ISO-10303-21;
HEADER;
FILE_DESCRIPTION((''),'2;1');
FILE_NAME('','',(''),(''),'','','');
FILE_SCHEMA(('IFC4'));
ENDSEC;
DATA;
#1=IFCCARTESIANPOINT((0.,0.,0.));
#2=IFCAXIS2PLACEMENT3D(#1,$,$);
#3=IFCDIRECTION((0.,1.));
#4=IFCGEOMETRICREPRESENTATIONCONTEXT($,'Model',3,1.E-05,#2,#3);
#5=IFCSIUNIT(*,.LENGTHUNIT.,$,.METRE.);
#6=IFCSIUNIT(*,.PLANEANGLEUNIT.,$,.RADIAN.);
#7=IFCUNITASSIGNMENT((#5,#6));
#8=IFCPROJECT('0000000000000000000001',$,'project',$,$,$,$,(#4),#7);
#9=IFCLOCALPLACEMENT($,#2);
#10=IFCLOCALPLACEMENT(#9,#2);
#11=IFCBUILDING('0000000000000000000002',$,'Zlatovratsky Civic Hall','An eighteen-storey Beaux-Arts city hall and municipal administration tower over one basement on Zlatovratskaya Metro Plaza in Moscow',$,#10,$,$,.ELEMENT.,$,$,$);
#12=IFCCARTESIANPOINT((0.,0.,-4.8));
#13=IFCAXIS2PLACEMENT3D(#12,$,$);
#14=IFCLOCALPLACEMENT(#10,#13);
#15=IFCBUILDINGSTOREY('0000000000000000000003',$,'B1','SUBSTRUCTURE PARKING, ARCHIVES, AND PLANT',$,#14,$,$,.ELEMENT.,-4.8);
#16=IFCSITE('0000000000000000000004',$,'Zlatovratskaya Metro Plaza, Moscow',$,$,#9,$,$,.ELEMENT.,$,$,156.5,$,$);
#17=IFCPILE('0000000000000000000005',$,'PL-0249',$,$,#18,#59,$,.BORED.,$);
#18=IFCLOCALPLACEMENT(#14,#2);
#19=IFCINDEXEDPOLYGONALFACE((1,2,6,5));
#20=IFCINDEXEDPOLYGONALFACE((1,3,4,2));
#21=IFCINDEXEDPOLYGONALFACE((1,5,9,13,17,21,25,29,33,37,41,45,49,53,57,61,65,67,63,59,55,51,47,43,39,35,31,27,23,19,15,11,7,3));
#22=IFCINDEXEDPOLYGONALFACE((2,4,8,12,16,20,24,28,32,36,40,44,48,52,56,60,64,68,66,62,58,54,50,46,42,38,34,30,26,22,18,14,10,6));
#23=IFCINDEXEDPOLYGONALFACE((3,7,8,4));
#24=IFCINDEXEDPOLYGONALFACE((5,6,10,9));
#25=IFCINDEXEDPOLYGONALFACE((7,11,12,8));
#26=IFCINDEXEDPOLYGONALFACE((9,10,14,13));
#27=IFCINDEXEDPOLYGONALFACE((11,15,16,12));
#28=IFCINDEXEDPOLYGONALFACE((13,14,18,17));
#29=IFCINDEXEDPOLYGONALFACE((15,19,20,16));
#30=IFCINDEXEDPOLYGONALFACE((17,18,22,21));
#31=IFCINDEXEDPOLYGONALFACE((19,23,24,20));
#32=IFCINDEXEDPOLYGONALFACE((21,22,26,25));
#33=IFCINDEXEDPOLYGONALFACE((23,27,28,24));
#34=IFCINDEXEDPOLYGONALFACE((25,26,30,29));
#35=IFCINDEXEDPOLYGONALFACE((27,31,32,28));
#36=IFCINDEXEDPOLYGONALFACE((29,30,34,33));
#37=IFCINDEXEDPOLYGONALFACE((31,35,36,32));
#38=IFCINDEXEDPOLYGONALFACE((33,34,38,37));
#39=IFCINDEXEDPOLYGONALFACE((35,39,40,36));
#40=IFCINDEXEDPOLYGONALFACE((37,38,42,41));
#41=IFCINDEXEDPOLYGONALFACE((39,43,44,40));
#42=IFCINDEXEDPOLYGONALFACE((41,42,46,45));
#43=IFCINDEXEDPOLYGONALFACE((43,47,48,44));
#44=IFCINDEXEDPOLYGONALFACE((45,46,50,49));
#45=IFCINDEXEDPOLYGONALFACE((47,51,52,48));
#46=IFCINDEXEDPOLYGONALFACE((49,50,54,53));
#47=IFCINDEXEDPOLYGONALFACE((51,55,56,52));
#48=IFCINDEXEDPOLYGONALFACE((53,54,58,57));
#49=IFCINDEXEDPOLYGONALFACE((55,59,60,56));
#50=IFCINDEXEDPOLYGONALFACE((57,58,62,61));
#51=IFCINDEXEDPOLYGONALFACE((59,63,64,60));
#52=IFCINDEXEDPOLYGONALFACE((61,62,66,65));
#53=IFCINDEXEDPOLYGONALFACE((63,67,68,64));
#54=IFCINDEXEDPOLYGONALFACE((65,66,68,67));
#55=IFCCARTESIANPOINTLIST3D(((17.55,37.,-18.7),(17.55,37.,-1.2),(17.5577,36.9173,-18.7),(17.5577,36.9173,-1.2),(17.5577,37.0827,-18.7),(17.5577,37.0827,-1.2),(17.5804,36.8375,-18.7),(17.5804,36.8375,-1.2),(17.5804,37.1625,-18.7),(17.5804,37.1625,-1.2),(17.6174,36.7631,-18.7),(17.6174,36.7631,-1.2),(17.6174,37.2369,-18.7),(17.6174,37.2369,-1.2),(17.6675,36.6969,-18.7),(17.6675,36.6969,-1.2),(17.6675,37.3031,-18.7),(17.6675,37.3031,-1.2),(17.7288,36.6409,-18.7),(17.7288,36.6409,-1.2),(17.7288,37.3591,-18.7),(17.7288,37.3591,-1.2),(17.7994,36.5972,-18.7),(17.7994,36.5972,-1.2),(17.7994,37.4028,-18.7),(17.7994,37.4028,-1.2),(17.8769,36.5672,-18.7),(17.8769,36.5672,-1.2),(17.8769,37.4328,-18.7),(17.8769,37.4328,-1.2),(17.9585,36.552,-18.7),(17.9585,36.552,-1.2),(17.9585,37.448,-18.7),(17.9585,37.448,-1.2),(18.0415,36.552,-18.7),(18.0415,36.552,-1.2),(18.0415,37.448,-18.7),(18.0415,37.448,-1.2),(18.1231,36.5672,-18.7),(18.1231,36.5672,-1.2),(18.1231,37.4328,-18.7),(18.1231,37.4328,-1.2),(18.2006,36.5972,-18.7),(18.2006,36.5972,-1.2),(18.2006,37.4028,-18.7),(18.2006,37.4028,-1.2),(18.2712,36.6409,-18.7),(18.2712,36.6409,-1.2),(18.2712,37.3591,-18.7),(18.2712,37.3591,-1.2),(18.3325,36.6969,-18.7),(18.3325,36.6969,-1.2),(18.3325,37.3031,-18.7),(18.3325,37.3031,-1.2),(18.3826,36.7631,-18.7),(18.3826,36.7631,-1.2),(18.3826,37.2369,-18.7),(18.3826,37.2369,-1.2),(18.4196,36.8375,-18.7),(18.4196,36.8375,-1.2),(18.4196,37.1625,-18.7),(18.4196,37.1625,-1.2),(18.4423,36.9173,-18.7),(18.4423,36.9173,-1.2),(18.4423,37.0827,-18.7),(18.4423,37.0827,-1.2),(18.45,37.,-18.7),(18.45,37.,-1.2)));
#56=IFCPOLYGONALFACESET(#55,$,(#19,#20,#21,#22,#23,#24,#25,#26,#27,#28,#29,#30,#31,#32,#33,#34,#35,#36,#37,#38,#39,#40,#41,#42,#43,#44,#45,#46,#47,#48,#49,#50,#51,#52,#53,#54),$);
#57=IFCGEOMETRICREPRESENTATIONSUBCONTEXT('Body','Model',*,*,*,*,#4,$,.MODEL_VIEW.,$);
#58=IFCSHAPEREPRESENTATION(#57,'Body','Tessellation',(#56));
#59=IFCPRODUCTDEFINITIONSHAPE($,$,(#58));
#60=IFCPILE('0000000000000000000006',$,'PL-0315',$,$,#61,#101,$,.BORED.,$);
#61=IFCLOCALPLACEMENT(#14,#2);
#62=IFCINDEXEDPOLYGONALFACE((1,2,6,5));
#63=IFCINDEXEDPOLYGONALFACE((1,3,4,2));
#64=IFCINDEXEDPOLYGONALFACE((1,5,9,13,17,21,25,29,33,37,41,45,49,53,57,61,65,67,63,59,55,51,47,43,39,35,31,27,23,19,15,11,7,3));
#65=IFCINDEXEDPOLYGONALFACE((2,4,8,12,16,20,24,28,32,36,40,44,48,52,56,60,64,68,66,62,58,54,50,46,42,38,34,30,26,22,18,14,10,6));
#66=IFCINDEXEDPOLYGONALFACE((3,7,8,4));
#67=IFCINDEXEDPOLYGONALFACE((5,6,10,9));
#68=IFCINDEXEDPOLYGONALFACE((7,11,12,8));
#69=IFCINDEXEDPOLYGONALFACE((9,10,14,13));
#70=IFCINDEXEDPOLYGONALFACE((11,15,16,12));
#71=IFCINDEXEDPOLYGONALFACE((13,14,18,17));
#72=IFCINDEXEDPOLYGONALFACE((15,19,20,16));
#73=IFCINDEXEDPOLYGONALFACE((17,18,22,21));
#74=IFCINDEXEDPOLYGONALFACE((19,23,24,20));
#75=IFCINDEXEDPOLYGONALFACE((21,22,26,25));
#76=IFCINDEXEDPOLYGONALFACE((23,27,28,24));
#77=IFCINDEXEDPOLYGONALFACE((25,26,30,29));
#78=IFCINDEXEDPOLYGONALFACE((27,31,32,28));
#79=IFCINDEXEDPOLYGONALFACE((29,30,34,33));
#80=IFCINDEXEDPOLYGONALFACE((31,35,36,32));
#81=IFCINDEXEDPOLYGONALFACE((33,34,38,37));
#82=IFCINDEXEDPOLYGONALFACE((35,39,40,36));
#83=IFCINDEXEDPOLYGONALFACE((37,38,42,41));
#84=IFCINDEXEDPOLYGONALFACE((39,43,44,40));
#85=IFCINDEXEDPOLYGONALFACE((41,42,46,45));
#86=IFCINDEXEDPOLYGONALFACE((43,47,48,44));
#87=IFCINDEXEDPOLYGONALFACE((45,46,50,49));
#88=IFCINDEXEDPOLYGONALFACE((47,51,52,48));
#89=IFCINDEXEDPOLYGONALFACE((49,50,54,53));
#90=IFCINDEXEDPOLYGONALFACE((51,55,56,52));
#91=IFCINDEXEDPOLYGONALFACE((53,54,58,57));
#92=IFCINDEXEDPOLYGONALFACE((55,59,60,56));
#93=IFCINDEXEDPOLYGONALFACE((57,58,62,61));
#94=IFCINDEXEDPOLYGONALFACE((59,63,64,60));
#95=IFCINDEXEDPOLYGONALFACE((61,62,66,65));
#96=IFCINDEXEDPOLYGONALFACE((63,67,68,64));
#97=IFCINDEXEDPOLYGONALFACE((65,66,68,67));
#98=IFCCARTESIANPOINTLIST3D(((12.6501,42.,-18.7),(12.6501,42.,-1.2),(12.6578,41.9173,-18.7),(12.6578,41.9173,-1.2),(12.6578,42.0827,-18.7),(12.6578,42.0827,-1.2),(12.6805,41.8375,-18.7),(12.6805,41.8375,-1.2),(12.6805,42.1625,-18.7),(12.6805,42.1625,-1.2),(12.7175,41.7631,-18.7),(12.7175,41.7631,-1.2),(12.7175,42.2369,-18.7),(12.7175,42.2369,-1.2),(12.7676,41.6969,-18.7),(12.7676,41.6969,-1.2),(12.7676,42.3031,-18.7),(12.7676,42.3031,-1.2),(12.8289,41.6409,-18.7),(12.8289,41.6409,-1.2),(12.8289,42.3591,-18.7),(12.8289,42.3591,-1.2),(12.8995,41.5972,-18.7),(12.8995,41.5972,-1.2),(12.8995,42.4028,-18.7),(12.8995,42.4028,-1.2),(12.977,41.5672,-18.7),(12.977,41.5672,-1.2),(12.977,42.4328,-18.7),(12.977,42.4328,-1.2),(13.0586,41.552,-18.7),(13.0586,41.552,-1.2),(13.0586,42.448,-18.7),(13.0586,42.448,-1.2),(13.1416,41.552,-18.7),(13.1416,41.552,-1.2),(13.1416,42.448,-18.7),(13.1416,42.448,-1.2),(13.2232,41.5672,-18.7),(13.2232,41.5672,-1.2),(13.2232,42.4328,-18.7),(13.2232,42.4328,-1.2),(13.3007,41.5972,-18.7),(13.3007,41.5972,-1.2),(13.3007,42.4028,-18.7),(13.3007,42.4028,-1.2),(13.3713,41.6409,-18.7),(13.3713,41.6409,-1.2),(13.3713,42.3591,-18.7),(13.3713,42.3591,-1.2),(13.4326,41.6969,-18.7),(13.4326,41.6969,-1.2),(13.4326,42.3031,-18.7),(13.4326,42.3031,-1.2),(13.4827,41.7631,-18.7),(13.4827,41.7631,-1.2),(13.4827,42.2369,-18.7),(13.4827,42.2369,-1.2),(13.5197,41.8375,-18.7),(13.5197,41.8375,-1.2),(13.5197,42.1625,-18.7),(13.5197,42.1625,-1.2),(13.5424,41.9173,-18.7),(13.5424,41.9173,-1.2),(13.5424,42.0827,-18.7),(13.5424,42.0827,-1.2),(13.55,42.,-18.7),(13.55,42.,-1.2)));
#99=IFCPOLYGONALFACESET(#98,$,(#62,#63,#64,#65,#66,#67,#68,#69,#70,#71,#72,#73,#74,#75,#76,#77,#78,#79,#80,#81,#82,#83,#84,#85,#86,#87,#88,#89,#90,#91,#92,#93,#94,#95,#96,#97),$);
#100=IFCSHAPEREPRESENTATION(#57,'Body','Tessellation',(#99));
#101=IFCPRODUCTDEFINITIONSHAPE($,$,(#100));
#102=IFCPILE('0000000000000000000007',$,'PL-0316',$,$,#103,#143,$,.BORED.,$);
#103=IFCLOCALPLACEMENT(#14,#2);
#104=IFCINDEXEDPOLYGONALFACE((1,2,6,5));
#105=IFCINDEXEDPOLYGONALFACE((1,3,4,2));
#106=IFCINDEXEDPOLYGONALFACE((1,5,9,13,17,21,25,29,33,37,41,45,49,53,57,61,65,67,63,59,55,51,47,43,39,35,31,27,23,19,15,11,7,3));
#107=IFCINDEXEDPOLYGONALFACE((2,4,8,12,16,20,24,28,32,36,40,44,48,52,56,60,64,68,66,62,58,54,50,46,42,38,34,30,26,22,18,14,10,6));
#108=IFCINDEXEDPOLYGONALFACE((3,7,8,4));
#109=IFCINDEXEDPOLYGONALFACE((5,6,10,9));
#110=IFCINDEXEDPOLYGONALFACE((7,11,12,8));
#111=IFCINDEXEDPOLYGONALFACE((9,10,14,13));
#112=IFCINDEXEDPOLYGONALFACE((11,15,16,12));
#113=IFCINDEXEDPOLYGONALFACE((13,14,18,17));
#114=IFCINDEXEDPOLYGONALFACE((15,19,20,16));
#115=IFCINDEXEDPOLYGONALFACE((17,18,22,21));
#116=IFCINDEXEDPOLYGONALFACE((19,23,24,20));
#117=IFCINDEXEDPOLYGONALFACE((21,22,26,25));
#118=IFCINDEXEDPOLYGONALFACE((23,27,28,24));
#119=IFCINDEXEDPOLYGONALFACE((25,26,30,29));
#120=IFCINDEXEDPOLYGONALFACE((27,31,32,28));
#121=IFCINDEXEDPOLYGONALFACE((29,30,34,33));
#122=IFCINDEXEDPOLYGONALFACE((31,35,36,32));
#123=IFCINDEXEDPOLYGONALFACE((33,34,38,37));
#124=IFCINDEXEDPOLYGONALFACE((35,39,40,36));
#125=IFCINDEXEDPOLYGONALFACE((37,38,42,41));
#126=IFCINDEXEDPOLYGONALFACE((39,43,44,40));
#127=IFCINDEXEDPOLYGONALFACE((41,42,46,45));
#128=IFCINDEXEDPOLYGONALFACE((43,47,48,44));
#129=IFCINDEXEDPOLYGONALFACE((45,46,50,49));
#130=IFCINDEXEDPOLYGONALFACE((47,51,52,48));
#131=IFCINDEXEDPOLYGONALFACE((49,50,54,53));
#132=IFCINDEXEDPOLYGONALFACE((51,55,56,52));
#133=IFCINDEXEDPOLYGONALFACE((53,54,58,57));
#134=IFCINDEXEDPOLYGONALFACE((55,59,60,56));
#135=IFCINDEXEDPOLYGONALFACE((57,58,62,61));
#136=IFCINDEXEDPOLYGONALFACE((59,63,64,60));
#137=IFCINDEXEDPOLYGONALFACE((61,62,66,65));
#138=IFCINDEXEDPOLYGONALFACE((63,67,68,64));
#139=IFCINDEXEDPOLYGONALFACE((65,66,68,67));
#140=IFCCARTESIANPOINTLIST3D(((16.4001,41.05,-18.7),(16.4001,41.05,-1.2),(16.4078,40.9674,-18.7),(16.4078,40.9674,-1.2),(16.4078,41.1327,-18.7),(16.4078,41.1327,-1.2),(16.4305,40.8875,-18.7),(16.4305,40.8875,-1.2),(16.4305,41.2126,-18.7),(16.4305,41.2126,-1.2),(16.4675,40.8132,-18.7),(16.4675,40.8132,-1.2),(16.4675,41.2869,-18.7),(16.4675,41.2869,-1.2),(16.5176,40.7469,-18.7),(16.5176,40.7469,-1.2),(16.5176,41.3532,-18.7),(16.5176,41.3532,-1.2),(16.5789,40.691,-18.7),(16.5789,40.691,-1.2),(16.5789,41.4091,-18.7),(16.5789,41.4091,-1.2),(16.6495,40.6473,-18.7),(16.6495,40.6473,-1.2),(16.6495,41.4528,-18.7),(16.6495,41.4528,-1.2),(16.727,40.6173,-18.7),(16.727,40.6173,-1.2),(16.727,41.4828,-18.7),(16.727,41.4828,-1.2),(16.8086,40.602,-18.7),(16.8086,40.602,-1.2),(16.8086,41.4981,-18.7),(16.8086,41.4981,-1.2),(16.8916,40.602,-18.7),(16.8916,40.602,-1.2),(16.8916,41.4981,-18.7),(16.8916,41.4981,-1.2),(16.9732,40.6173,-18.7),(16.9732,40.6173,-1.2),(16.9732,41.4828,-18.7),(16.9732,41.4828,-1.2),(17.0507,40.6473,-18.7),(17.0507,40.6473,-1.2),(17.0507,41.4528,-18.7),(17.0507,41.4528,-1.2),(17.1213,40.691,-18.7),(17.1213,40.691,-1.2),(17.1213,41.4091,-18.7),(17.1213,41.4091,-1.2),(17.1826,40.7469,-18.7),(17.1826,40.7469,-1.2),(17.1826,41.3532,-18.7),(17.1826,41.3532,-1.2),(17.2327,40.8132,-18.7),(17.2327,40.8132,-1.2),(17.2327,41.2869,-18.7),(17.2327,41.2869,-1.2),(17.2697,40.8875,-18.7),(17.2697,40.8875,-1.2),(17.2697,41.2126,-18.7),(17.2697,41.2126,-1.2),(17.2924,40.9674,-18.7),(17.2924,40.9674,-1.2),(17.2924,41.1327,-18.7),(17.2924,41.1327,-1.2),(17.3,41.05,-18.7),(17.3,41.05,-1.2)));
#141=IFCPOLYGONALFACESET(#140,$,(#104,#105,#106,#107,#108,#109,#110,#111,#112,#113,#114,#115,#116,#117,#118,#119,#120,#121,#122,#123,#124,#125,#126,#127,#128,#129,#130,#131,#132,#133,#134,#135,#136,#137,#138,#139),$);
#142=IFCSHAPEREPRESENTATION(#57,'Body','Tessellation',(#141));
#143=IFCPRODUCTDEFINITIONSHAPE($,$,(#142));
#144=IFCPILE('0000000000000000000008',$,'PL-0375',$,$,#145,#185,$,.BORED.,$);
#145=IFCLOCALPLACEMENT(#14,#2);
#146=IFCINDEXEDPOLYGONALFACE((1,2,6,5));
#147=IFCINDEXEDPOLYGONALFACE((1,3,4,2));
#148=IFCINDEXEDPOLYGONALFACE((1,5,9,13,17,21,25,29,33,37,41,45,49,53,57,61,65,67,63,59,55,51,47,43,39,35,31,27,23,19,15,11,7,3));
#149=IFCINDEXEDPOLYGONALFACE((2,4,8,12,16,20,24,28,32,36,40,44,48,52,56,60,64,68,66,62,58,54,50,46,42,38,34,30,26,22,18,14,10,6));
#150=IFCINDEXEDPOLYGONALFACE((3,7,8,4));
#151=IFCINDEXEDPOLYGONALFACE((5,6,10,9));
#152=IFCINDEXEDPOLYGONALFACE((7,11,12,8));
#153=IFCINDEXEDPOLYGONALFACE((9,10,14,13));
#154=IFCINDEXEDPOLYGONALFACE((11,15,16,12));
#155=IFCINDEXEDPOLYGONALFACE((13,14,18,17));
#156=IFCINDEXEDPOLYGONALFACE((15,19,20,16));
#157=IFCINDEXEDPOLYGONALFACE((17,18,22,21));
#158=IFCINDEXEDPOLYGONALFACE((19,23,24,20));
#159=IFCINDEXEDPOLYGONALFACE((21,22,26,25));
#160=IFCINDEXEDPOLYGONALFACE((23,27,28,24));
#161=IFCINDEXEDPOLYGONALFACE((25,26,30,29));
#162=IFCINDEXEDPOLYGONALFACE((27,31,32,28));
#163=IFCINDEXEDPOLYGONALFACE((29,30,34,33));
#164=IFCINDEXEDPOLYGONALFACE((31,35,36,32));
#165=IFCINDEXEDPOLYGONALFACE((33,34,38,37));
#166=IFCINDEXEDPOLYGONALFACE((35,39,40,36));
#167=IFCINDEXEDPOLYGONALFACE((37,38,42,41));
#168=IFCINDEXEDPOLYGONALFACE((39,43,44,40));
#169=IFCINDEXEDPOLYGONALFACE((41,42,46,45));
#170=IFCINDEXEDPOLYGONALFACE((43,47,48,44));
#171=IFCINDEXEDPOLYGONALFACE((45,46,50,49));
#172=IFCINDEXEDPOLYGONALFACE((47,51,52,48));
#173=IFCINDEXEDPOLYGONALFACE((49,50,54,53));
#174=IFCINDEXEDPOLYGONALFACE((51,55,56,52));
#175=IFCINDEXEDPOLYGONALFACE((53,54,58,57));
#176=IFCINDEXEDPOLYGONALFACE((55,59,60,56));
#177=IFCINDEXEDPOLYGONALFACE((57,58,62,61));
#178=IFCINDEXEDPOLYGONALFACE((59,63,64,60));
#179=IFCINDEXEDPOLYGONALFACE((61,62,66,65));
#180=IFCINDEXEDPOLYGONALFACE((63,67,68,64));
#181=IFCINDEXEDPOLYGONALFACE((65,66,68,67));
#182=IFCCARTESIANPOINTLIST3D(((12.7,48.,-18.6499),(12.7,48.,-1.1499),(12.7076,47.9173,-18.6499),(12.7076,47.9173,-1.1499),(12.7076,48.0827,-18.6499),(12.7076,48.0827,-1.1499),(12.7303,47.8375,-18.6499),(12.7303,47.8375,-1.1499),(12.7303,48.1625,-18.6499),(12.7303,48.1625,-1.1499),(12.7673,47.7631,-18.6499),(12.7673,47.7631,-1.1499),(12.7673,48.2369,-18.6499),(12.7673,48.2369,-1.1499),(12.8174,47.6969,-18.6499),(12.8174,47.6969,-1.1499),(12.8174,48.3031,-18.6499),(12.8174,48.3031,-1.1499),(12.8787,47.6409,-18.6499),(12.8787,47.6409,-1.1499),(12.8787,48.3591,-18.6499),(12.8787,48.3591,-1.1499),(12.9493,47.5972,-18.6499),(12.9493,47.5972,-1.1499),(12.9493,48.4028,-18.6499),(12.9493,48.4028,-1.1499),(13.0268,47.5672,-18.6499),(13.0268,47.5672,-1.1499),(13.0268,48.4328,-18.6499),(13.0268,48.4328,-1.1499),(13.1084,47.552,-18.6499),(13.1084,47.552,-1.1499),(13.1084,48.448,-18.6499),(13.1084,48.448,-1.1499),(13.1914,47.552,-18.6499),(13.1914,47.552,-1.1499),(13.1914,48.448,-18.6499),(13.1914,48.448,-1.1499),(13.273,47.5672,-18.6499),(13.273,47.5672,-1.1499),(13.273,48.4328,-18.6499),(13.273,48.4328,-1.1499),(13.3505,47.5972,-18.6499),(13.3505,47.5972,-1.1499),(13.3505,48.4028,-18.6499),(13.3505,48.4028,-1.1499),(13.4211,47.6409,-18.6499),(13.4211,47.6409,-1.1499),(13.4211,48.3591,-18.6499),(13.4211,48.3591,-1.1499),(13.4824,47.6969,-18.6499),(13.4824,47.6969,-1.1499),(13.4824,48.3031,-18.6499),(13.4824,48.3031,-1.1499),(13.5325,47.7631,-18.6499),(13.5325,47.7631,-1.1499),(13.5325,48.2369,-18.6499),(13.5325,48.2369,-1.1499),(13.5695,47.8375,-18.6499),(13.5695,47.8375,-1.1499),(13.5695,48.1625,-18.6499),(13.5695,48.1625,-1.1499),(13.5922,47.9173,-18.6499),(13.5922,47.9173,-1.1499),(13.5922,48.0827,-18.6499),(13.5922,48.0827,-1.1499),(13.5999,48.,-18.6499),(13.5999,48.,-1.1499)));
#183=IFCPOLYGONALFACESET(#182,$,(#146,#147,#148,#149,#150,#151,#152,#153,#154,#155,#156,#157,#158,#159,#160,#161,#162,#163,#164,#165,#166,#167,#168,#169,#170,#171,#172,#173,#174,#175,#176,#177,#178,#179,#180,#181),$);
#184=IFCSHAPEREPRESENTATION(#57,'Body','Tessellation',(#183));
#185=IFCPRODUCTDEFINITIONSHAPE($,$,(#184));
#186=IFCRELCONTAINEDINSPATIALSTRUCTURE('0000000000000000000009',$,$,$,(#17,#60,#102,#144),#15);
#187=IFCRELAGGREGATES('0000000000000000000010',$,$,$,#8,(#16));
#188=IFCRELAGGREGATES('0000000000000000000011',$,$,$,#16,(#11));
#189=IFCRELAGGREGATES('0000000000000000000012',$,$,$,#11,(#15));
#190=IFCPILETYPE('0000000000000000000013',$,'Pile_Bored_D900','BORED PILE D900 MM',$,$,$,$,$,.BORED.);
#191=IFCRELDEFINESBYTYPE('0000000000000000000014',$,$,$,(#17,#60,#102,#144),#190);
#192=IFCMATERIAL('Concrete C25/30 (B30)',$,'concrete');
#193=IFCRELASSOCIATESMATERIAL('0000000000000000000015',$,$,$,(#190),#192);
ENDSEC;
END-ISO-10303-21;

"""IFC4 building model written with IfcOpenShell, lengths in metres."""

from ifc_helpers import new_model, si_unit, direction, frame, origin, origin_2d, place, context, subcontext, project, spatial, circle, extrude, material, material_profile, profile_set, type_object, element, save


model = new_model("IFC4")

# Units and contexts
model_context = context("Model", 3, precision=1e-05, world=origin(), true_north=direction((0.0, 1.0)))
body_context = subcontext(model_context, "Body", "Model", "MODEL_VIEW")
ifc_project = project(units=[si_unit("LENGTHUNIT", "METRE"), si_unit("PLANEANGLEUNIT", "RADIAN")], contexts=[model_context])

# Site, building, storey
site_placement = place(None, origin())
site = spatial("IfcSite", under=ifc_project, at=site_placement, Name="Zlatovratskaya Metro Plaza, Moscow", CompositionType="ELEMENT", RefElevation=156.5)
building_placement = place(site_placement, origin())
building = spatial("IfcBuilding", under=site, at=building_placement, Name="Zlatovratsky Civic Hall", Description="An eighteen-storey Beaux-Arts city hall and municipal administration tower over one basement on Zlatovratskaya Metro Plaza in Moscow", CompositionType="ELEMENT")
storey_placement = place(building_placement, frame((0.0, 0.0, -4.8)))
storey = spatial("IfcBuildingStorey", under=building, at=storey_placement, Name="B1", Description="SUBSTRUCTURE PARKING, ARCHIVES, AND PLANT", CompositionType="ELEMENT", Elevation=-4.8)

# Shared definitions
ifc_material_1 = material(Name="Concrete C25/30 (B30)", Category="concrete")

# Piles
ifc_material_profile_1 = material_profile(ifc_material_1, circle(Radius=0.45, at=origin_2d()), Name="PILE D900")
ifc_profile_set_1 = profile_set([ifc_material_profile_1], Name="Concrete C25/30 (B30)")
pile_type_1 = type_object("IfcPileType", Name="Pile_Bored_D900", Description="BORED PILE D900 MM", PredefinedType="BORED", material=ifc_profile_set_1)
for number, where, z_axis, x_axis, name in (
    (1, (18.0, 37.0, -1.2), (0.0, 0.0, -1.0), (1.0, 0.0, 0.0), "PL-0249"),
    (2, (13.1001, 42.0, -1.2), (0.0, 0.0, -1.0), (1.0, 0.0, 0.0), "PL-0315"),
    (3, (16.8501, 41.05, -1.2), (0.0, 0.0, -1.0), (1.0, 0.0, 0.0), "PL-0316"),
    (4, (13.1499, 48.0, -1.1499), (0.0, 0.0, -1.0), (1.0, 0.0, 0.0), "PL-0375"),
):
    element("IfcPile", number, at=place(storey_placement, frame(where, z_axis=z_axis, x_axis=x_axis)), inside=storey, type_object=pile_type_1, Name=name, PredefinedType="BORED", context=body_context, shape_type="SweptSolid", body=[
        extrude(circle(Radius=0.45, at=origin_2d()), origin(), (0.0, 0.0, 1.0), 17.5),
    ])

save(model, "model.ifc")
